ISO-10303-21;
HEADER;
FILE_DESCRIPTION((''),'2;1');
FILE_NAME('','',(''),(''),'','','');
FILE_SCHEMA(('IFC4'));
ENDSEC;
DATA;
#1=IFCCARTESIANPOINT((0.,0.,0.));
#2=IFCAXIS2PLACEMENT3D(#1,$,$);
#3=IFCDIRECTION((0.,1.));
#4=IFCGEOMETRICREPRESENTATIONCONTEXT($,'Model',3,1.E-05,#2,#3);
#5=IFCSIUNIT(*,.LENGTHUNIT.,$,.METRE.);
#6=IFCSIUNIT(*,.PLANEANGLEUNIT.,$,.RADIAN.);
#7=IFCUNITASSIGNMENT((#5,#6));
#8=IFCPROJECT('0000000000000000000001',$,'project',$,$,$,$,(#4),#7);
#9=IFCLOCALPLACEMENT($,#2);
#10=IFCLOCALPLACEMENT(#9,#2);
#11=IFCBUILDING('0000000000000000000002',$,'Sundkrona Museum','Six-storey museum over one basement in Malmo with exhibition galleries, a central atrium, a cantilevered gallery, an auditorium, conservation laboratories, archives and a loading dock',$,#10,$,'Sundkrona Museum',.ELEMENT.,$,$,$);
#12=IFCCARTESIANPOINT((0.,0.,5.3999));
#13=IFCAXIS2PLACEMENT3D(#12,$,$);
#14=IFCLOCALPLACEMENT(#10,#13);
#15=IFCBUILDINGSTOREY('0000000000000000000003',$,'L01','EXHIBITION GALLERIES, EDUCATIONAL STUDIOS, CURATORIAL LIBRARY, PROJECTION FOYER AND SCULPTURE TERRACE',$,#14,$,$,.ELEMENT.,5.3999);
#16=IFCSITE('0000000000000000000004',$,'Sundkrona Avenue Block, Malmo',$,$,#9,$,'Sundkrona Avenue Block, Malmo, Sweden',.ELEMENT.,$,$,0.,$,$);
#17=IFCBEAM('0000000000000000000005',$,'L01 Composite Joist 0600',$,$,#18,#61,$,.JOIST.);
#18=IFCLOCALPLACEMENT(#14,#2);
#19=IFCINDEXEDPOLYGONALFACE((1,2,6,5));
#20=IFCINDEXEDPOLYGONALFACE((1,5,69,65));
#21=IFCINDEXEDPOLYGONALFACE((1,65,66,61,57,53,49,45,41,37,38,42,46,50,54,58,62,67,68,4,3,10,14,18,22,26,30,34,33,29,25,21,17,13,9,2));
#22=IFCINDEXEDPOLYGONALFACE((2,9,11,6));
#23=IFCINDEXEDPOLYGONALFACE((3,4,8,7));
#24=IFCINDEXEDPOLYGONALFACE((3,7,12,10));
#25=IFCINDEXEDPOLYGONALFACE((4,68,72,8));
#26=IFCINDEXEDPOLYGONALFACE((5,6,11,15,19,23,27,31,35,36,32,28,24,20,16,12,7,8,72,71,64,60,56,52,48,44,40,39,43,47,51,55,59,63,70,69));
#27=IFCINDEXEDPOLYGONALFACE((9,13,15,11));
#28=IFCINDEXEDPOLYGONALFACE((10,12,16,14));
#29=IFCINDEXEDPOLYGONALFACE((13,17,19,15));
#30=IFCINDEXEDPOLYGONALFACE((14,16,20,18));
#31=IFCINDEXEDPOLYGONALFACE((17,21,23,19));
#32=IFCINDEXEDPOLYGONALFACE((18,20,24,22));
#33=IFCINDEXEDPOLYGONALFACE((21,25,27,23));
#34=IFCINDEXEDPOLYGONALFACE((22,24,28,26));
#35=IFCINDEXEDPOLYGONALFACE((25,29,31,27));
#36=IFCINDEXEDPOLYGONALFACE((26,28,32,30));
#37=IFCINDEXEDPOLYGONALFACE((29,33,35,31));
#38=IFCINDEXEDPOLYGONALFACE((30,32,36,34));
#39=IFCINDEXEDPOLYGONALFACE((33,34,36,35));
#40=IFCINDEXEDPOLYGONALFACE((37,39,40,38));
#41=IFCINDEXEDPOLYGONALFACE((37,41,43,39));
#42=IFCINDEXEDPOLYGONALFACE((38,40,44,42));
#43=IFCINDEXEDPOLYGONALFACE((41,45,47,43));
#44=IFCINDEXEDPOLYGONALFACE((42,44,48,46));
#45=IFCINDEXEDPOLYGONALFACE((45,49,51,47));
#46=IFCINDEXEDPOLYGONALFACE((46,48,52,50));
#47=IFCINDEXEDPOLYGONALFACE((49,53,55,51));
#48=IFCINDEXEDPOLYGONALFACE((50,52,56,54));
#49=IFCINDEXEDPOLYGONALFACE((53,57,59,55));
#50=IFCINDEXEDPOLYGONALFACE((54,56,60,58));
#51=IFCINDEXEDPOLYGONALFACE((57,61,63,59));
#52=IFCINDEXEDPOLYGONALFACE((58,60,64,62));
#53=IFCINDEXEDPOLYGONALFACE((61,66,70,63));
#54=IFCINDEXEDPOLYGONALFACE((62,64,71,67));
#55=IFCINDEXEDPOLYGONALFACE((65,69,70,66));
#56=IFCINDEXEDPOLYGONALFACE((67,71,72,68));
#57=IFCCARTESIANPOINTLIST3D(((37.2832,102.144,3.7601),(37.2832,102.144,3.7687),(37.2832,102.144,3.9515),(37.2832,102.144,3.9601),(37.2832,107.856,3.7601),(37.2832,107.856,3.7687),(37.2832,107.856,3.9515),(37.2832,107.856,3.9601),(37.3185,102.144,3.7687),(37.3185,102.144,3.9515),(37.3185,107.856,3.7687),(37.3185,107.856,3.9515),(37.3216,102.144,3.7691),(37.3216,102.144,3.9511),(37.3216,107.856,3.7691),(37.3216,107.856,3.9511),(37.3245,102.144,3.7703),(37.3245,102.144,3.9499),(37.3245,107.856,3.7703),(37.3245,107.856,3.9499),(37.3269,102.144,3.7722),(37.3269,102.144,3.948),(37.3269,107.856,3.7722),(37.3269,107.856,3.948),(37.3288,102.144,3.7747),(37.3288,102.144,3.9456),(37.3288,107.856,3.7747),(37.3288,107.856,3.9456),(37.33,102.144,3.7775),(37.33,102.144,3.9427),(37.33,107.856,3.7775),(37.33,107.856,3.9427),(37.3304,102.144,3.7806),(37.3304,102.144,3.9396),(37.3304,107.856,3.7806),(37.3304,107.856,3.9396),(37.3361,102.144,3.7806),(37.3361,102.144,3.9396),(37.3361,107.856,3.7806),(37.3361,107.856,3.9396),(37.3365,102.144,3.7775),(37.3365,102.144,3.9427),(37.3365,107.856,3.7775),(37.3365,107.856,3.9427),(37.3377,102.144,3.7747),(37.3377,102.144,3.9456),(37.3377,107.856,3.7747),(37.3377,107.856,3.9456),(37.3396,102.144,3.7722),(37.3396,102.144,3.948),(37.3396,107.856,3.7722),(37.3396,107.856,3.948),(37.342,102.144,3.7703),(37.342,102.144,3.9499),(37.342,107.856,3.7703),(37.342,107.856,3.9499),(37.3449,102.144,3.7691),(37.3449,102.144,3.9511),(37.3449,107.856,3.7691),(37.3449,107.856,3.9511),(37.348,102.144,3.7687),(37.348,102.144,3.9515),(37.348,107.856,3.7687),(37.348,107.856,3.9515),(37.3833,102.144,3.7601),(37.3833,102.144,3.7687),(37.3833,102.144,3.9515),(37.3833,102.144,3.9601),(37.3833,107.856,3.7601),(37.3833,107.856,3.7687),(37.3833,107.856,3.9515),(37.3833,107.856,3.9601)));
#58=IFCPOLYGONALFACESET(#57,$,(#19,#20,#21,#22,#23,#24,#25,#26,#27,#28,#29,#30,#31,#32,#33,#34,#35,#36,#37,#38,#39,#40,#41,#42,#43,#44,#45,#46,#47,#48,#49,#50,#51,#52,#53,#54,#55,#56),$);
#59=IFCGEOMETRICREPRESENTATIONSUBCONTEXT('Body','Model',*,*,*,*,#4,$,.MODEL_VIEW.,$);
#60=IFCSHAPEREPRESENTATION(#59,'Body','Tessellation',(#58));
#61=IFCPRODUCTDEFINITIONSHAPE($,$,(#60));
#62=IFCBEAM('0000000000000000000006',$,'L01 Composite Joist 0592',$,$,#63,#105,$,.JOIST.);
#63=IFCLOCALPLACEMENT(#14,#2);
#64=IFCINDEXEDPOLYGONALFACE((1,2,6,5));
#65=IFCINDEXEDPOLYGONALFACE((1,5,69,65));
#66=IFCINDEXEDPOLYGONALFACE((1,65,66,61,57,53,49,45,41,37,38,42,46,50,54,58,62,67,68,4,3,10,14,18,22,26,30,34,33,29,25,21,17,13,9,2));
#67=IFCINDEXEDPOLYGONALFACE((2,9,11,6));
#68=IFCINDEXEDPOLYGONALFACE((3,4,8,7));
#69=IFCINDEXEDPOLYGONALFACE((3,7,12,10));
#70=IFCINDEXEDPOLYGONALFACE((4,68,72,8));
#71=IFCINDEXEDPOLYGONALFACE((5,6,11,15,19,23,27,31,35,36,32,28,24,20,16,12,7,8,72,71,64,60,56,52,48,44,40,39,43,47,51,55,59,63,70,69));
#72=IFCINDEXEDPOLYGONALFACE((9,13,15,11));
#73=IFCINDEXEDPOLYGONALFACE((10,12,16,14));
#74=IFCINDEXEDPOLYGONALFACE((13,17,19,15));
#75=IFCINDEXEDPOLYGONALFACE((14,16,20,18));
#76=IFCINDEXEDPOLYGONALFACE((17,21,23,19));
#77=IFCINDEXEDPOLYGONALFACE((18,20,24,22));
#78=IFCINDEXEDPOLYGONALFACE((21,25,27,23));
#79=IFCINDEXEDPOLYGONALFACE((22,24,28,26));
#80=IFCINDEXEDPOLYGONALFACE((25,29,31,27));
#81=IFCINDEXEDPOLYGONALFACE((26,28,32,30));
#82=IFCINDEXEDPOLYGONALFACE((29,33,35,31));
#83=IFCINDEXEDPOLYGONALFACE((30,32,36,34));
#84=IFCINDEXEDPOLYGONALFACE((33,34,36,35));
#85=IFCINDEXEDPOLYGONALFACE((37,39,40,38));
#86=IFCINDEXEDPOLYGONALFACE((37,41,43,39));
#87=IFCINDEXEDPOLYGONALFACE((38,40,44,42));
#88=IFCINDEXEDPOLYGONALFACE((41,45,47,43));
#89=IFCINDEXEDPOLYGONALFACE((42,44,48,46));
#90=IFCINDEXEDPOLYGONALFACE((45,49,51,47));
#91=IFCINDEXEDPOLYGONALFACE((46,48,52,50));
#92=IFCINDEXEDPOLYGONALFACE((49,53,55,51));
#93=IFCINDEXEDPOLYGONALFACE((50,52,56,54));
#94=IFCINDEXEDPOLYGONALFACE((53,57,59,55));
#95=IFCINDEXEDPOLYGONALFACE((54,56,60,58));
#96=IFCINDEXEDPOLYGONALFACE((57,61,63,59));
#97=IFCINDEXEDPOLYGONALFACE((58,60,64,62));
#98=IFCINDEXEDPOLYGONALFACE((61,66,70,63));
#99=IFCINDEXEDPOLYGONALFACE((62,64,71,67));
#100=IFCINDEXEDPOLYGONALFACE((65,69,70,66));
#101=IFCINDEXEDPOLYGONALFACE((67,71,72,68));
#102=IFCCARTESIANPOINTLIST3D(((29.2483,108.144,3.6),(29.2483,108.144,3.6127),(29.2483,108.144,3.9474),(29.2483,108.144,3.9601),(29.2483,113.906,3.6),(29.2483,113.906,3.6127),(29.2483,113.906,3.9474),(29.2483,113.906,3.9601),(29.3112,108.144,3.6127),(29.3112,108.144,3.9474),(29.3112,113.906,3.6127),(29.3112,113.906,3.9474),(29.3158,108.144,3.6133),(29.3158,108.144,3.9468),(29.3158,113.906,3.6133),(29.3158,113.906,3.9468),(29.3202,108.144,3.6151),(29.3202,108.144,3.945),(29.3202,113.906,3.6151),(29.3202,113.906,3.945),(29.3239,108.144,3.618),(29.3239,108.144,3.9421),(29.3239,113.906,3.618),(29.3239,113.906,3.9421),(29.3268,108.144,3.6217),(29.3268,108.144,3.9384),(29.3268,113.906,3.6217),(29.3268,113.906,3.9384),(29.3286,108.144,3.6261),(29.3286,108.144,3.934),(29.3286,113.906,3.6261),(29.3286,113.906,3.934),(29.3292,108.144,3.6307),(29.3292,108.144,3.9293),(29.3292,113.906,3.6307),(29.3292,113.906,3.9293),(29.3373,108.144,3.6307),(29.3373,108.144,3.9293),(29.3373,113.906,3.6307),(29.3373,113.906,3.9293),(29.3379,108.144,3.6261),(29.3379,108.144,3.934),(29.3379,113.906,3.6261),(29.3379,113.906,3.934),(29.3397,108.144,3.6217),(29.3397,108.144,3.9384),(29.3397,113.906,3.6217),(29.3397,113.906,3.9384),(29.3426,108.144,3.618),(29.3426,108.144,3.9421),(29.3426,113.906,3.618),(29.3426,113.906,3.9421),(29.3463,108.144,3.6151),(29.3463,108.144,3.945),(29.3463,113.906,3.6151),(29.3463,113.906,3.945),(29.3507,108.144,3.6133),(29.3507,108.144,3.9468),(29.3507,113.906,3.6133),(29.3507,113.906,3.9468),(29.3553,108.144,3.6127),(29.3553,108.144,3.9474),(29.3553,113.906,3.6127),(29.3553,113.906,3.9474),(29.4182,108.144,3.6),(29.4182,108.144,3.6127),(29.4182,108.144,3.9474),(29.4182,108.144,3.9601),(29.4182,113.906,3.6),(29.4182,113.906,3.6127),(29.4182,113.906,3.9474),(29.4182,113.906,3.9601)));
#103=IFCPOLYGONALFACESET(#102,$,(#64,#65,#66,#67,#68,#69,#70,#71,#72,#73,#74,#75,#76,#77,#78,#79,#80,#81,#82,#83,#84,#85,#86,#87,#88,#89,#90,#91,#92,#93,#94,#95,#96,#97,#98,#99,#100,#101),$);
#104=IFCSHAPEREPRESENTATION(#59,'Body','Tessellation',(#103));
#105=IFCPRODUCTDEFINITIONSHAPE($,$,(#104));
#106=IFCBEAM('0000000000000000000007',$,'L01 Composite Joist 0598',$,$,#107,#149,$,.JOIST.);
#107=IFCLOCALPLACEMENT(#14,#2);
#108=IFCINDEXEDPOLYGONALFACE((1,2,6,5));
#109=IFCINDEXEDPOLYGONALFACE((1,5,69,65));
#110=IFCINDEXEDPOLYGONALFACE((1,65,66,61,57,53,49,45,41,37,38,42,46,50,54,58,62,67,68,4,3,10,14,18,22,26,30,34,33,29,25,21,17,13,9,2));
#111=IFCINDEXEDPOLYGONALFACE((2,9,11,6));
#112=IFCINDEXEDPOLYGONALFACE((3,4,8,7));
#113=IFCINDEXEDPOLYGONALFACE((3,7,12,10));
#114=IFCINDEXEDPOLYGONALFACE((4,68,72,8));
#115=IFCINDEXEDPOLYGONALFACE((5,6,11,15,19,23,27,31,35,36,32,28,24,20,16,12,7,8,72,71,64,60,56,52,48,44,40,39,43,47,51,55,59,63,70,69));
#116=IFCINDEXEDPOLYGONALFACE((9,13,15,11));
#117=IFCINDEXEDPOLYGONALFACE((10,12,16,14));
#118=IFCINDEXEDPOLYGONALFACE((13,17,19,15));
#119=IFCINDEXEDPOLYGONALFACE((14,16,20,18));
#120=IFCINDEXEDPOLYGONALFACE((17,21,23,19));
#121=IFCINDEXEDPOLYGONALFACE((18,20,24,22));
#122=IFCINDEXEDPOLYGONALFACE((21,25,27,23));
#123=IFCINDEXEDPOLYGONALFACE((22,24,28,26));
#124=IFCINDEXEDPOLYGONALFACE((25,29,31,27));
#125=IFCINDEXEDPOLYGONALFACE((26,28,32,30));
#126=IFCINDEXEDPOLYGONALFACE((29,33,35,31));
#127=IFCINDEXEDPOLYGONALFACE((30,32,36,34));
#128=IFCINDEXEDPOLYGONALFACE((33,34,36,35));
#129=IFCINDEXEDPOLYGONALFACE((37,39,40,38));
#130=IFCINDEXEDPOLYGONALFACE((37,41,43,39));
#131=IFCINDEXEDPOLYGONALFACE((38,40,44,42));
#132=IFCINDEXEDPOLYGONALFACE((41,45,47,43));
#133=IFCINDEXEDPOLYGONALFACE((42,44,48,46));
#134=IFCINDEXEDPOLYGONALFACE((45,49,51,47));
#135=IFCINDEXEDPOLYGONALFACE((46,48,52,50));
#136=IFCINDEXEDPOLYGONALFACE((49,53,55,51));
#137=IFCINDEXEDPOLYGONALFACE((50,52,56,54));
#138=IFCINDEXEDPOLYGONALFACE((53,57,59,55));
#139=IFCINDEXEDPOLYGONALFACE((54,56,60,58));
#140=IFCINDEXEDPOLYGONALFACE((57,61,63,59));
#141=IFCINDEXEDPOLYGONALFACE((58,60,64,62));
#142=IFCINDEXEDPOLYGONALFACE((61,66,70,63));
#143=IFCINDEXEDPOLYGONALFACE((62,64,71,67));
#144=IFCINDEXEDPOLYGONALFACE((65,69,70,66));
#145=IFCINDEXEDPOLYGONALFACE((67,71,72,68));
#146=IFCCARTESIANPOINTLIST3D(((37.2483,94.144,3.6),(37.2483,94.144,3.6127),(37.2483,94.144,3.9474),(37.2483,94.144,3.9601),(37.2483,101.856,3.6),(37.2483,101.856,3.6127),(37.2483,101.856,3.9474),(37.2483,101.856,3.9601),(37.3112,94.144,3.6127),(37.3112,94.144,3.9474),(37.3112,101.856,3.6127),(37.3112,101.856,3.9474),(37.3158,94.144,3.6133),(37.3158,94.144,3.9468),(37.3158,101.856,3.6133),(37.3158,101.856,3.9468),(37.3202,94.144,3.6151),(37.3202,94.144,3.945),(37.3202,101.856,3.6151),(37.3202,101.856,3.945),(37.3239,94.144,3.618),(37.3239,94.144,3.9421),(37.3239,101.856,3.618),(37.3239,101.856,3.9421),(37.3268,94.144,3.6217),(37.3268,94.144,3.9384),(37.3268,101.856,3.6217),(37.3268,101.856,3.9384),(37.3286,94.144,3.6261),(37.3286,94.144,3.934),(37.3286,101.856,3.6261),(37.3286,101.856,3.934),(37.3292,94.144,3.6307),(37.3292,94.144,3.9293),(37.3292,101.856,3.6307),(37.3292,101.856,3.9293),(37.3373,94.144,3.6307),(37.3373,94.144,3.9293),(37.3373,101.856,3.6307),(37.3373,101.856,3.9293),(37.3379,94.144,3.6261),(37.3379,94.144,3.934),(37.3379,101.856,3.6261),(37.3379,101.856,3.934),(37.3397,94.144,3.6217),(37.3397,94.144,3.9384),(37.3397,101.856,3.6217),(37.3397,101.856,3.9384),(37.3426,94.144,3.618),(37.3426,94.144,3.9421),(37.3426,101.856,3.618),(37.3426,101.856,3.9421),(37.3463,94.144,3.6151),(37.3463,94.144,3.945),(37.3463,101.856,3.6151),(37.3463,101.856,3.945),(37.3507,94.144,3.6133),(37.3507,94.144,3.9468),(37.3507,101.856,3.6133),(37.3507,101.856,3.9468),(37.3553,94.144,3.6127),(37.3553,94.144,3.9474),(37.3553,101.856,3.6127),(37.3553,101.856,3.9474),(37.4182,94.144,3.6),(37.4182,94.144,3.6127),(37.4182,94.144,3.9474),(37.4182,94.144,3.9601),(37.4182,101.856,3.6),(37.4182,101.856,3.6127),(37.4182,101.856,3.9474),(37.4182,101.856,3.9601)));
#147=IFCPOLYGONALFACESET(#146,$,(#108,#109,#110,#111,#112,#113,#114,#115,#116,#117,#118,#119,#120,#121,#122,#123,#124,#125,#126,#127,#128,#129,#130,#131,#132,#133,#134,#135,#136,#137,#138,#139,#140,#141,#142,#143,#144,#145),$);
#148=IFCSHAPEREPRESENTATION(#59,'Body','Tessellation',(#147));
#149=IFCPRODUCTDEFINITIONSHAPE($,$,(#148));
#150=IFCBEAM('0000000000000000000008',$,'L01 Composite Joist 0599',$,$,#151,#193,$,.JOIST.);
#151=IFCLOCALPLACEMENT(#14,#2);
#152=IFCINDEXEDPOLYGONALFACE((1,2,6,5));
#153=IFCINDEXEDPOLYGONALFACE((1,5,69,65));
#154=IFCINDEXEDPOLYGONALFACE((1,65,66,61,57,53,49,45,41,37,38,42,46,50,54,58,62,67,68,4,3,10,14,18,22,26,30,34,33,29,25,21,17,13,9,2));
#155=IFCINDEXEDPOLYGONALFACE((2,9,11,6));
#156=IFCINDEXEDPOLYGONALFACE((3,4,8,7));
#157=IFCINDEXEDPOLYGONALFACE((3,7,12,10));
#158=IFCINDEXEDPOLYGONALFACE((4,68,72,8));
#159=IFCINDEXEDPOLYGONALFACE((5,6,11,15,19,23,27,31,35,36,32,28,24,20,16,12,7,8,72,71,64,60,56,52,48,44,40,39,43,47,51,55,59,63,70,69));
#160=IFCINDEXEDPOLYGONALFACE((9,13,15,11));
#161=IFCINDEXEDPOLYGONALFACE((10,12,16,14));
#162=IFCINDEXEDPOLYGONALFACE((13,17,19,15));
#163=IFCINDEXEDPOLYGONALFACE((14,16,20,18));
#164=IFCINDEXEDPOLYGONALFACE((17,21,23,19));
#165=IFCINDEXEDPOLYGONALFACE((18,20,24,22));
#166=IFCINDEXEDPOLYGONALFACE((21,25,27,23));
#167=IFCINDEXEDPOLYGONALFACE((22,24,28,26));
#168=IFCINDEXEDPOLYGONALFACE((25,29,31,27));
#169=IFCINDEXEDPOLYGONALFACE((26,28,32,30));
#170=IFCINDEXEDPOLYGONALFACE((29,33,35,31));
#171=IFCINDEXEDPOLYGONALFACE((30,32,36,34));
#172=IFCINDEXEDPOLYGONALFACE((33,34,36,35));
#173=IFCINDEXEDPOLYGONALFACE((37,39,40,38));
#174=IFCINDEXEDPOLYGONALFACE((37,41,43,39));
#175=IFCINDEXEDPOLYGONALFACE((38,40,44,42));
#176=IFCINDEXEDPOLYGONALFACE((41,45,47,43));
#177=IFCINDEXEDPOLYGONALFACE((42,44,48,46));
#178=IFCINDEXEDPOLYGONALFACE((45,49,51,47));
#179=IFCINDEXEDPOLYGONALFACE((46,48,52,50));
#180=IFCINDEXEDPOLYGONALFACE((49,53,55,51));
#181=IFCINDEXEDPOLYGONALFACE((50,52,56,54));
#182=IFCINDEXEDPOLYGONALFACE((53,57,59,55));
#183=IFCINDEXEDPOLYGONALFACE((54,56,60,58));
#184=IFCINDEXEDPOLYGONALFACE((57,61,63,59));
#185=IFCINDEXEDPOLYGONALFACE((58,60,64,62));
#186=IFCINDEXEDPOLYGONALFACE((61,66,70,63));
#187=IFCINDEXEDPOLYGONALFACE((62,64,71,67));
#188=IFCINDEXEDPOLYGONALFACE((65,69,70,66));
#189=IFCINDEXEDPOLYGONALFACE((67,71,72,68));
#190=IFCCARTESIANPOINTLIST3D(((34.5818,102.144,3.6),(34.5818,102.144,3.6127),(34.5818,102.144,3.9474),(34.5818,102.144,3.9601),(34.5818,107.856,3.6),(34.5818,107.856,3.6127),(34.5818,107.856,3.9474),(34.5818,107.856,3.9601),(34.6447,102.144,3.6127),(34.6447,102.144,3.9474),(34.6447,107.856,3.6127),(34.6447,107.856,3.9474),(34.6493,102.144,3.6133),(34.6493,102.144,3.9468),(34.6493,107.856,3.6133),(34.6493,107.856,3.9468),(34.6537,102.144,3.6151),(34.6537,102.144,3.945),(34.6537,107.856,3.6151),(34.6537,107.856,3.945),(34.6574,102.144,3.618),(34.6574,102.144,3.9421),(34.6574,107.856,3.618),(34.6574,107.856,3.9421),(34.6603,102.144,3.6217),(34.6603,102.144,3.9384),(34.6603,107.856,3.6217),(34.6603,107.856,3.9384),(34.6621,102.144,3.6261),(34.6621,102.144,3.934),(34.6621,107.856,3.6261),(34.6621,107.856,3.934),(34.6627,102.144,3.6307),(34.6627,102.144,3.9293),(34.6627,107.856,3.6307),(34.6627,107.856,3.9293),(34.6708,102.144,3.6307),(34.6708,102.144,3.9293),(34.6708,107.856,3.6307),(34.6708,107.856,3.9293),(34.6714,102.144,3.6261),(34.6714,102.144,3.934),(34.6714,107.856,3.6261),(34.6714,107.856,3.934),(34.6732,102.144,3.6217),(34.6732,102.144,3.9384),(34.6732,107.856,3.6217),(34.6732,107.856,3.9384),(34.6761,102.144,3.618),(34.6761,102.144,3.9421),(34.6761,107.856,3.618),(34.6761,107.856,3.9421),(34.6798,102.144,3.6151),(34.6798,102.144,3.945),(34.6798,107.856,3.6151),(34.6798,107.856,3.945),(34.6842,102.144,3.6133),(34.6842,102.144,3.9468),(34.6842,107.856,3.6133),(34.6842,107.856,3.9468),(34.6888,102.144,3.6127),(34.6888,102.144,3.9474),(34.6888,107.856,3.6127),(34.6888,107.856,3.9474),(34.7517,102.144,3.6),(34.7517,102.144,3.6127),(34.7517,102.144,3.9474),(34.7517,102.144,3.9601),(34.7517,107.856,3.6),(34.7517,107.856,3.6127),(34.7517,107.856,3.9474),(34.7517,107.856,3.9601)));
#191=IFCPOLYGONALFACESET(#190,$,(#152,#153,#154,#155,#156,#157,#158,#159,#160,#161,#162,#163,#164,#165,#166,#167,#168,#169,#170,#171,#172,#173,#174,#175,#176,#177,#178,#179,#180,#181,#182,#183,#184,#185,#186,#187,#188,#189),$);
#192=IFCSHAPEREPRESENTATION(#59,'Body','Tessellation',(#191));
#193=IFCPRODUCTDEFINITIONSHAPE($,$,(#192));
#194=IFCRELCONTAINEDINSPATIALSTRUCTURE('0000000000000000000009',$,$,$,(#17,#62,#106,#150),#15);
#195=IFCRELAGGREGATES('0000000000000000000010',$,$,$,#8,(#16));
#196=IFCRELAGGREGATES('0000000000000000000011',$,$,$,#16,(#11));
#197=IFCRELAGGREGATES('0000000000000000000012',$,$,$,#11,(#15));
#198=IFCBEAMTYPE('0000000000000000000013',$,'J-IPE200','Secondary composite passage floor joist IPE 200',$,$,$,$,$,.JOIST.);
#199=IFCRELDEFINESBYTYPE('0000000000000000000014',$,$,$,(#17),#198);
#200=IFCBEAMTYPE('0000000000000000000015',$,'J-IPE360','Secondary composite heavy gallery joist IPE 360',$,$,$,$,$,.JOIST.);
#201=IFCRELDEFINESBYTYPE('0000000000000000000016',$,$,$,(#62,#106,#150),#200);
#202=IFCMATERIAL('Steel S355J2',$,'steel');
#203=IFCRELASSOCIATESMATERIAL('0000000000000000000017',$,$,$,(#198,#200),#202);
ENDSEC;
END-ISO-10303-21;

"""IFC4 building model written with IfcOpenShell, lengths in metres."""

from ifc_helpers import new_model, si_unit, direction, frame, origin, origin_2d, place, context, subcontext, project, spatial, i_section, extrude, material, material_profile, profile_set, type_object, element, save


model = new_model("IFC4")

# Units and contexts
model_context = context("Model", 3, precision=1e-05, world=origin(), true_north=direction((0.0, 1.0)))
body_context = subcontext(model_context, "Body", "Model", "MODEL_VIEW")
ifc_project = project(units=[si_unit("LENGTHUNIT", "METRE"), si_unit("PLANEANGLEUNIT", "RADIAN")], contexts=[model_context])

# Site, building, storey
site_placement = place(None, origin())
site = spatial("IfcSite", under=ifc_project, at=site_placement, Name="Sundkrona Avenue Block, Malmo", LongName="Sundkrona Avenue Block, Malmo, Sweden", CompositionType="ELEMENT", RefElevation=0.0)
building_placement = place(site_placement, origin())
building = spatial("IfcBuilding", under=site, at=building_placement, Name="Sundkrona Museum", Description="Six-storey museum over one basement in Malmo with exhibition galleries, a central atrium, a cantilevered gallery, an auditorium, conservation laboratories, archives and a loading dock", LongName="Sundkrona Museum", CompositionType="ELEMENT")
storey_placement = place(building_placement, frame((0.0, 0.0, 5.3999)))
storey = spatial("IfcBuildingStorey", under=building, at=storey_placement, Name="L01", Description="EXHIBITION GALLERIES, EDUCATIONAL STUDIOS, CURATORIAL LIBRARY, PROJECTION FOYER AND SCULPTURE TERRACE", CompositionType="ELEMENT", Elevation=5.3999)

# Shared definitions
ifc_material_1 = material(Name="Steel S355J2", Category="steel")

# Beams
ifc_material_profile_1 = material_profile(ifc_material_1, i_section(OverallWidth=0.1001, OverallDepth=0.2, WebThickness=0.0056, FlangeThickness=0.0085, FilletRadius=0.012, at=origin_2d()), Name="IPE 200")
ifc_profile_set_1 = profile_set([ifc_material_profile_1], Name="Steel S355J2")
beam_type_1 = type_object("IfcBeamType", Name="J-IPE200", Description="Secondary composite passage floor joist IPE 200", PredefinedType="JOIST", material=ifc_profile_set_1)
beam_1_placement = place(storey_placement, frame((37.3333, 102.144, 3.8601), z_axis=(0.0, 1.0, 0.0), x_axis=(-1.0, 0.0, 0.0)))
element("IfcBeam", 1, at=beam_1_placement, inside=storey, type_object=beam_type_1, Name="L01 Composite Joist 0600", PredefinedType="JOIST", context=body_context, shape_type="SweptSolid", body=[
    extrude(i_section(OverallWidth=0.1001, OverallDepth=0.2, WebThickness=0.0056, FlangeThickness=0.0085, FilletRadius=0.012, at=origin_2d()), origin(), (0.0, 0.0, 1.0), 5.7119),
])
ifc_material_profile_2 = material_profile(ifc_material_1, i_section(OverallWidth=0.1699, OverallDepth=0.3601, WebThickness=0.0081, FlangeThickness=0.0127, FilletRadius=0.0181, at=origin_2d()), Name="IPE 360")
ifc_profile_set_2 = profile_set([ifc_material_profile_2], Name="Steel S355J2")
beam_type_2 = type_object("IfcBeamType", Name="J-IPE360", Description="Secondary composite heavy gallery joist IPE 360", PredefinedType="JOIST", material=ifc_profile_set_2)
beam_2_placement = place(storey_placement, frame((29.3333, 108.144, 3.78), z_axis=(0.0, 1.0, 0.0), x_axis=(-1.0, 0.0, 0.0)))
element("IfcBeam", 2, at=beam_2_placement, inside=storey, type_object=beam_type_2, Name="L01 Composite Joist 0592", PredefinedType="JOIST", context=body_context, shape_type="SweptSolid", body=[
    extrude(i_section(OverallWidth=0.1699, OverallDepth=0.3601, WebThickness=0.0081, FlangeThickness=0.0127, FilletRadius=0.0181, at=origin_2d()), origin(), (0.0, 0.0, 1.0), 5.762),
])
beam_3_placement = place(storey_placement, frame((37.3333, 94.144, 3.78), z_axis=(0.0, 1.0, 0.0), x_axis=(-1.0, 0.0, 0.0)))
element("IfcBeam", 3, at=beam_3_placement, inside=storey, type_object=beam_type_2, Name="L01 Composite Joist 0598", PredefinedType="JOIST", context=body_context, shape_type="SweptSolid", body=[
    extrude(i_section(OverallWidth=0.1699, OverallDepth=0.3601, WebThickness=0.0081, FlangeThickness=0.0127, FilletRadius=0.0181, at=origin_2d()), origin(), (0.0, 0.0, 1.0), 7.7119),
])
beam_4_placement = place(storey_placement, frame((34.6667, 102.144, 3.78), z_axis=(0.0, 1.0, 0.0), x_axis=(-1.0, 0.0, 0.0)))
element("IfcBeam", 4, at=beam_4_placement, inside=storey, type_object=beam_type_2, Name="L01 Composite Joist 0599", PredefinedType="JOIST", context=body_context, shape_type="SweptSolid", body=[
    extrude(i_section(OverallWidth=0.1699, OverallDepth=0.3601, WebThickness=0.0081, FlangeThickness=0.0127, FilletRadius=0.0181, at=origin_2d()), origin(), (0.0, 0.0, 1.0), 5.7119),
])

save(model, "model.ifc")
